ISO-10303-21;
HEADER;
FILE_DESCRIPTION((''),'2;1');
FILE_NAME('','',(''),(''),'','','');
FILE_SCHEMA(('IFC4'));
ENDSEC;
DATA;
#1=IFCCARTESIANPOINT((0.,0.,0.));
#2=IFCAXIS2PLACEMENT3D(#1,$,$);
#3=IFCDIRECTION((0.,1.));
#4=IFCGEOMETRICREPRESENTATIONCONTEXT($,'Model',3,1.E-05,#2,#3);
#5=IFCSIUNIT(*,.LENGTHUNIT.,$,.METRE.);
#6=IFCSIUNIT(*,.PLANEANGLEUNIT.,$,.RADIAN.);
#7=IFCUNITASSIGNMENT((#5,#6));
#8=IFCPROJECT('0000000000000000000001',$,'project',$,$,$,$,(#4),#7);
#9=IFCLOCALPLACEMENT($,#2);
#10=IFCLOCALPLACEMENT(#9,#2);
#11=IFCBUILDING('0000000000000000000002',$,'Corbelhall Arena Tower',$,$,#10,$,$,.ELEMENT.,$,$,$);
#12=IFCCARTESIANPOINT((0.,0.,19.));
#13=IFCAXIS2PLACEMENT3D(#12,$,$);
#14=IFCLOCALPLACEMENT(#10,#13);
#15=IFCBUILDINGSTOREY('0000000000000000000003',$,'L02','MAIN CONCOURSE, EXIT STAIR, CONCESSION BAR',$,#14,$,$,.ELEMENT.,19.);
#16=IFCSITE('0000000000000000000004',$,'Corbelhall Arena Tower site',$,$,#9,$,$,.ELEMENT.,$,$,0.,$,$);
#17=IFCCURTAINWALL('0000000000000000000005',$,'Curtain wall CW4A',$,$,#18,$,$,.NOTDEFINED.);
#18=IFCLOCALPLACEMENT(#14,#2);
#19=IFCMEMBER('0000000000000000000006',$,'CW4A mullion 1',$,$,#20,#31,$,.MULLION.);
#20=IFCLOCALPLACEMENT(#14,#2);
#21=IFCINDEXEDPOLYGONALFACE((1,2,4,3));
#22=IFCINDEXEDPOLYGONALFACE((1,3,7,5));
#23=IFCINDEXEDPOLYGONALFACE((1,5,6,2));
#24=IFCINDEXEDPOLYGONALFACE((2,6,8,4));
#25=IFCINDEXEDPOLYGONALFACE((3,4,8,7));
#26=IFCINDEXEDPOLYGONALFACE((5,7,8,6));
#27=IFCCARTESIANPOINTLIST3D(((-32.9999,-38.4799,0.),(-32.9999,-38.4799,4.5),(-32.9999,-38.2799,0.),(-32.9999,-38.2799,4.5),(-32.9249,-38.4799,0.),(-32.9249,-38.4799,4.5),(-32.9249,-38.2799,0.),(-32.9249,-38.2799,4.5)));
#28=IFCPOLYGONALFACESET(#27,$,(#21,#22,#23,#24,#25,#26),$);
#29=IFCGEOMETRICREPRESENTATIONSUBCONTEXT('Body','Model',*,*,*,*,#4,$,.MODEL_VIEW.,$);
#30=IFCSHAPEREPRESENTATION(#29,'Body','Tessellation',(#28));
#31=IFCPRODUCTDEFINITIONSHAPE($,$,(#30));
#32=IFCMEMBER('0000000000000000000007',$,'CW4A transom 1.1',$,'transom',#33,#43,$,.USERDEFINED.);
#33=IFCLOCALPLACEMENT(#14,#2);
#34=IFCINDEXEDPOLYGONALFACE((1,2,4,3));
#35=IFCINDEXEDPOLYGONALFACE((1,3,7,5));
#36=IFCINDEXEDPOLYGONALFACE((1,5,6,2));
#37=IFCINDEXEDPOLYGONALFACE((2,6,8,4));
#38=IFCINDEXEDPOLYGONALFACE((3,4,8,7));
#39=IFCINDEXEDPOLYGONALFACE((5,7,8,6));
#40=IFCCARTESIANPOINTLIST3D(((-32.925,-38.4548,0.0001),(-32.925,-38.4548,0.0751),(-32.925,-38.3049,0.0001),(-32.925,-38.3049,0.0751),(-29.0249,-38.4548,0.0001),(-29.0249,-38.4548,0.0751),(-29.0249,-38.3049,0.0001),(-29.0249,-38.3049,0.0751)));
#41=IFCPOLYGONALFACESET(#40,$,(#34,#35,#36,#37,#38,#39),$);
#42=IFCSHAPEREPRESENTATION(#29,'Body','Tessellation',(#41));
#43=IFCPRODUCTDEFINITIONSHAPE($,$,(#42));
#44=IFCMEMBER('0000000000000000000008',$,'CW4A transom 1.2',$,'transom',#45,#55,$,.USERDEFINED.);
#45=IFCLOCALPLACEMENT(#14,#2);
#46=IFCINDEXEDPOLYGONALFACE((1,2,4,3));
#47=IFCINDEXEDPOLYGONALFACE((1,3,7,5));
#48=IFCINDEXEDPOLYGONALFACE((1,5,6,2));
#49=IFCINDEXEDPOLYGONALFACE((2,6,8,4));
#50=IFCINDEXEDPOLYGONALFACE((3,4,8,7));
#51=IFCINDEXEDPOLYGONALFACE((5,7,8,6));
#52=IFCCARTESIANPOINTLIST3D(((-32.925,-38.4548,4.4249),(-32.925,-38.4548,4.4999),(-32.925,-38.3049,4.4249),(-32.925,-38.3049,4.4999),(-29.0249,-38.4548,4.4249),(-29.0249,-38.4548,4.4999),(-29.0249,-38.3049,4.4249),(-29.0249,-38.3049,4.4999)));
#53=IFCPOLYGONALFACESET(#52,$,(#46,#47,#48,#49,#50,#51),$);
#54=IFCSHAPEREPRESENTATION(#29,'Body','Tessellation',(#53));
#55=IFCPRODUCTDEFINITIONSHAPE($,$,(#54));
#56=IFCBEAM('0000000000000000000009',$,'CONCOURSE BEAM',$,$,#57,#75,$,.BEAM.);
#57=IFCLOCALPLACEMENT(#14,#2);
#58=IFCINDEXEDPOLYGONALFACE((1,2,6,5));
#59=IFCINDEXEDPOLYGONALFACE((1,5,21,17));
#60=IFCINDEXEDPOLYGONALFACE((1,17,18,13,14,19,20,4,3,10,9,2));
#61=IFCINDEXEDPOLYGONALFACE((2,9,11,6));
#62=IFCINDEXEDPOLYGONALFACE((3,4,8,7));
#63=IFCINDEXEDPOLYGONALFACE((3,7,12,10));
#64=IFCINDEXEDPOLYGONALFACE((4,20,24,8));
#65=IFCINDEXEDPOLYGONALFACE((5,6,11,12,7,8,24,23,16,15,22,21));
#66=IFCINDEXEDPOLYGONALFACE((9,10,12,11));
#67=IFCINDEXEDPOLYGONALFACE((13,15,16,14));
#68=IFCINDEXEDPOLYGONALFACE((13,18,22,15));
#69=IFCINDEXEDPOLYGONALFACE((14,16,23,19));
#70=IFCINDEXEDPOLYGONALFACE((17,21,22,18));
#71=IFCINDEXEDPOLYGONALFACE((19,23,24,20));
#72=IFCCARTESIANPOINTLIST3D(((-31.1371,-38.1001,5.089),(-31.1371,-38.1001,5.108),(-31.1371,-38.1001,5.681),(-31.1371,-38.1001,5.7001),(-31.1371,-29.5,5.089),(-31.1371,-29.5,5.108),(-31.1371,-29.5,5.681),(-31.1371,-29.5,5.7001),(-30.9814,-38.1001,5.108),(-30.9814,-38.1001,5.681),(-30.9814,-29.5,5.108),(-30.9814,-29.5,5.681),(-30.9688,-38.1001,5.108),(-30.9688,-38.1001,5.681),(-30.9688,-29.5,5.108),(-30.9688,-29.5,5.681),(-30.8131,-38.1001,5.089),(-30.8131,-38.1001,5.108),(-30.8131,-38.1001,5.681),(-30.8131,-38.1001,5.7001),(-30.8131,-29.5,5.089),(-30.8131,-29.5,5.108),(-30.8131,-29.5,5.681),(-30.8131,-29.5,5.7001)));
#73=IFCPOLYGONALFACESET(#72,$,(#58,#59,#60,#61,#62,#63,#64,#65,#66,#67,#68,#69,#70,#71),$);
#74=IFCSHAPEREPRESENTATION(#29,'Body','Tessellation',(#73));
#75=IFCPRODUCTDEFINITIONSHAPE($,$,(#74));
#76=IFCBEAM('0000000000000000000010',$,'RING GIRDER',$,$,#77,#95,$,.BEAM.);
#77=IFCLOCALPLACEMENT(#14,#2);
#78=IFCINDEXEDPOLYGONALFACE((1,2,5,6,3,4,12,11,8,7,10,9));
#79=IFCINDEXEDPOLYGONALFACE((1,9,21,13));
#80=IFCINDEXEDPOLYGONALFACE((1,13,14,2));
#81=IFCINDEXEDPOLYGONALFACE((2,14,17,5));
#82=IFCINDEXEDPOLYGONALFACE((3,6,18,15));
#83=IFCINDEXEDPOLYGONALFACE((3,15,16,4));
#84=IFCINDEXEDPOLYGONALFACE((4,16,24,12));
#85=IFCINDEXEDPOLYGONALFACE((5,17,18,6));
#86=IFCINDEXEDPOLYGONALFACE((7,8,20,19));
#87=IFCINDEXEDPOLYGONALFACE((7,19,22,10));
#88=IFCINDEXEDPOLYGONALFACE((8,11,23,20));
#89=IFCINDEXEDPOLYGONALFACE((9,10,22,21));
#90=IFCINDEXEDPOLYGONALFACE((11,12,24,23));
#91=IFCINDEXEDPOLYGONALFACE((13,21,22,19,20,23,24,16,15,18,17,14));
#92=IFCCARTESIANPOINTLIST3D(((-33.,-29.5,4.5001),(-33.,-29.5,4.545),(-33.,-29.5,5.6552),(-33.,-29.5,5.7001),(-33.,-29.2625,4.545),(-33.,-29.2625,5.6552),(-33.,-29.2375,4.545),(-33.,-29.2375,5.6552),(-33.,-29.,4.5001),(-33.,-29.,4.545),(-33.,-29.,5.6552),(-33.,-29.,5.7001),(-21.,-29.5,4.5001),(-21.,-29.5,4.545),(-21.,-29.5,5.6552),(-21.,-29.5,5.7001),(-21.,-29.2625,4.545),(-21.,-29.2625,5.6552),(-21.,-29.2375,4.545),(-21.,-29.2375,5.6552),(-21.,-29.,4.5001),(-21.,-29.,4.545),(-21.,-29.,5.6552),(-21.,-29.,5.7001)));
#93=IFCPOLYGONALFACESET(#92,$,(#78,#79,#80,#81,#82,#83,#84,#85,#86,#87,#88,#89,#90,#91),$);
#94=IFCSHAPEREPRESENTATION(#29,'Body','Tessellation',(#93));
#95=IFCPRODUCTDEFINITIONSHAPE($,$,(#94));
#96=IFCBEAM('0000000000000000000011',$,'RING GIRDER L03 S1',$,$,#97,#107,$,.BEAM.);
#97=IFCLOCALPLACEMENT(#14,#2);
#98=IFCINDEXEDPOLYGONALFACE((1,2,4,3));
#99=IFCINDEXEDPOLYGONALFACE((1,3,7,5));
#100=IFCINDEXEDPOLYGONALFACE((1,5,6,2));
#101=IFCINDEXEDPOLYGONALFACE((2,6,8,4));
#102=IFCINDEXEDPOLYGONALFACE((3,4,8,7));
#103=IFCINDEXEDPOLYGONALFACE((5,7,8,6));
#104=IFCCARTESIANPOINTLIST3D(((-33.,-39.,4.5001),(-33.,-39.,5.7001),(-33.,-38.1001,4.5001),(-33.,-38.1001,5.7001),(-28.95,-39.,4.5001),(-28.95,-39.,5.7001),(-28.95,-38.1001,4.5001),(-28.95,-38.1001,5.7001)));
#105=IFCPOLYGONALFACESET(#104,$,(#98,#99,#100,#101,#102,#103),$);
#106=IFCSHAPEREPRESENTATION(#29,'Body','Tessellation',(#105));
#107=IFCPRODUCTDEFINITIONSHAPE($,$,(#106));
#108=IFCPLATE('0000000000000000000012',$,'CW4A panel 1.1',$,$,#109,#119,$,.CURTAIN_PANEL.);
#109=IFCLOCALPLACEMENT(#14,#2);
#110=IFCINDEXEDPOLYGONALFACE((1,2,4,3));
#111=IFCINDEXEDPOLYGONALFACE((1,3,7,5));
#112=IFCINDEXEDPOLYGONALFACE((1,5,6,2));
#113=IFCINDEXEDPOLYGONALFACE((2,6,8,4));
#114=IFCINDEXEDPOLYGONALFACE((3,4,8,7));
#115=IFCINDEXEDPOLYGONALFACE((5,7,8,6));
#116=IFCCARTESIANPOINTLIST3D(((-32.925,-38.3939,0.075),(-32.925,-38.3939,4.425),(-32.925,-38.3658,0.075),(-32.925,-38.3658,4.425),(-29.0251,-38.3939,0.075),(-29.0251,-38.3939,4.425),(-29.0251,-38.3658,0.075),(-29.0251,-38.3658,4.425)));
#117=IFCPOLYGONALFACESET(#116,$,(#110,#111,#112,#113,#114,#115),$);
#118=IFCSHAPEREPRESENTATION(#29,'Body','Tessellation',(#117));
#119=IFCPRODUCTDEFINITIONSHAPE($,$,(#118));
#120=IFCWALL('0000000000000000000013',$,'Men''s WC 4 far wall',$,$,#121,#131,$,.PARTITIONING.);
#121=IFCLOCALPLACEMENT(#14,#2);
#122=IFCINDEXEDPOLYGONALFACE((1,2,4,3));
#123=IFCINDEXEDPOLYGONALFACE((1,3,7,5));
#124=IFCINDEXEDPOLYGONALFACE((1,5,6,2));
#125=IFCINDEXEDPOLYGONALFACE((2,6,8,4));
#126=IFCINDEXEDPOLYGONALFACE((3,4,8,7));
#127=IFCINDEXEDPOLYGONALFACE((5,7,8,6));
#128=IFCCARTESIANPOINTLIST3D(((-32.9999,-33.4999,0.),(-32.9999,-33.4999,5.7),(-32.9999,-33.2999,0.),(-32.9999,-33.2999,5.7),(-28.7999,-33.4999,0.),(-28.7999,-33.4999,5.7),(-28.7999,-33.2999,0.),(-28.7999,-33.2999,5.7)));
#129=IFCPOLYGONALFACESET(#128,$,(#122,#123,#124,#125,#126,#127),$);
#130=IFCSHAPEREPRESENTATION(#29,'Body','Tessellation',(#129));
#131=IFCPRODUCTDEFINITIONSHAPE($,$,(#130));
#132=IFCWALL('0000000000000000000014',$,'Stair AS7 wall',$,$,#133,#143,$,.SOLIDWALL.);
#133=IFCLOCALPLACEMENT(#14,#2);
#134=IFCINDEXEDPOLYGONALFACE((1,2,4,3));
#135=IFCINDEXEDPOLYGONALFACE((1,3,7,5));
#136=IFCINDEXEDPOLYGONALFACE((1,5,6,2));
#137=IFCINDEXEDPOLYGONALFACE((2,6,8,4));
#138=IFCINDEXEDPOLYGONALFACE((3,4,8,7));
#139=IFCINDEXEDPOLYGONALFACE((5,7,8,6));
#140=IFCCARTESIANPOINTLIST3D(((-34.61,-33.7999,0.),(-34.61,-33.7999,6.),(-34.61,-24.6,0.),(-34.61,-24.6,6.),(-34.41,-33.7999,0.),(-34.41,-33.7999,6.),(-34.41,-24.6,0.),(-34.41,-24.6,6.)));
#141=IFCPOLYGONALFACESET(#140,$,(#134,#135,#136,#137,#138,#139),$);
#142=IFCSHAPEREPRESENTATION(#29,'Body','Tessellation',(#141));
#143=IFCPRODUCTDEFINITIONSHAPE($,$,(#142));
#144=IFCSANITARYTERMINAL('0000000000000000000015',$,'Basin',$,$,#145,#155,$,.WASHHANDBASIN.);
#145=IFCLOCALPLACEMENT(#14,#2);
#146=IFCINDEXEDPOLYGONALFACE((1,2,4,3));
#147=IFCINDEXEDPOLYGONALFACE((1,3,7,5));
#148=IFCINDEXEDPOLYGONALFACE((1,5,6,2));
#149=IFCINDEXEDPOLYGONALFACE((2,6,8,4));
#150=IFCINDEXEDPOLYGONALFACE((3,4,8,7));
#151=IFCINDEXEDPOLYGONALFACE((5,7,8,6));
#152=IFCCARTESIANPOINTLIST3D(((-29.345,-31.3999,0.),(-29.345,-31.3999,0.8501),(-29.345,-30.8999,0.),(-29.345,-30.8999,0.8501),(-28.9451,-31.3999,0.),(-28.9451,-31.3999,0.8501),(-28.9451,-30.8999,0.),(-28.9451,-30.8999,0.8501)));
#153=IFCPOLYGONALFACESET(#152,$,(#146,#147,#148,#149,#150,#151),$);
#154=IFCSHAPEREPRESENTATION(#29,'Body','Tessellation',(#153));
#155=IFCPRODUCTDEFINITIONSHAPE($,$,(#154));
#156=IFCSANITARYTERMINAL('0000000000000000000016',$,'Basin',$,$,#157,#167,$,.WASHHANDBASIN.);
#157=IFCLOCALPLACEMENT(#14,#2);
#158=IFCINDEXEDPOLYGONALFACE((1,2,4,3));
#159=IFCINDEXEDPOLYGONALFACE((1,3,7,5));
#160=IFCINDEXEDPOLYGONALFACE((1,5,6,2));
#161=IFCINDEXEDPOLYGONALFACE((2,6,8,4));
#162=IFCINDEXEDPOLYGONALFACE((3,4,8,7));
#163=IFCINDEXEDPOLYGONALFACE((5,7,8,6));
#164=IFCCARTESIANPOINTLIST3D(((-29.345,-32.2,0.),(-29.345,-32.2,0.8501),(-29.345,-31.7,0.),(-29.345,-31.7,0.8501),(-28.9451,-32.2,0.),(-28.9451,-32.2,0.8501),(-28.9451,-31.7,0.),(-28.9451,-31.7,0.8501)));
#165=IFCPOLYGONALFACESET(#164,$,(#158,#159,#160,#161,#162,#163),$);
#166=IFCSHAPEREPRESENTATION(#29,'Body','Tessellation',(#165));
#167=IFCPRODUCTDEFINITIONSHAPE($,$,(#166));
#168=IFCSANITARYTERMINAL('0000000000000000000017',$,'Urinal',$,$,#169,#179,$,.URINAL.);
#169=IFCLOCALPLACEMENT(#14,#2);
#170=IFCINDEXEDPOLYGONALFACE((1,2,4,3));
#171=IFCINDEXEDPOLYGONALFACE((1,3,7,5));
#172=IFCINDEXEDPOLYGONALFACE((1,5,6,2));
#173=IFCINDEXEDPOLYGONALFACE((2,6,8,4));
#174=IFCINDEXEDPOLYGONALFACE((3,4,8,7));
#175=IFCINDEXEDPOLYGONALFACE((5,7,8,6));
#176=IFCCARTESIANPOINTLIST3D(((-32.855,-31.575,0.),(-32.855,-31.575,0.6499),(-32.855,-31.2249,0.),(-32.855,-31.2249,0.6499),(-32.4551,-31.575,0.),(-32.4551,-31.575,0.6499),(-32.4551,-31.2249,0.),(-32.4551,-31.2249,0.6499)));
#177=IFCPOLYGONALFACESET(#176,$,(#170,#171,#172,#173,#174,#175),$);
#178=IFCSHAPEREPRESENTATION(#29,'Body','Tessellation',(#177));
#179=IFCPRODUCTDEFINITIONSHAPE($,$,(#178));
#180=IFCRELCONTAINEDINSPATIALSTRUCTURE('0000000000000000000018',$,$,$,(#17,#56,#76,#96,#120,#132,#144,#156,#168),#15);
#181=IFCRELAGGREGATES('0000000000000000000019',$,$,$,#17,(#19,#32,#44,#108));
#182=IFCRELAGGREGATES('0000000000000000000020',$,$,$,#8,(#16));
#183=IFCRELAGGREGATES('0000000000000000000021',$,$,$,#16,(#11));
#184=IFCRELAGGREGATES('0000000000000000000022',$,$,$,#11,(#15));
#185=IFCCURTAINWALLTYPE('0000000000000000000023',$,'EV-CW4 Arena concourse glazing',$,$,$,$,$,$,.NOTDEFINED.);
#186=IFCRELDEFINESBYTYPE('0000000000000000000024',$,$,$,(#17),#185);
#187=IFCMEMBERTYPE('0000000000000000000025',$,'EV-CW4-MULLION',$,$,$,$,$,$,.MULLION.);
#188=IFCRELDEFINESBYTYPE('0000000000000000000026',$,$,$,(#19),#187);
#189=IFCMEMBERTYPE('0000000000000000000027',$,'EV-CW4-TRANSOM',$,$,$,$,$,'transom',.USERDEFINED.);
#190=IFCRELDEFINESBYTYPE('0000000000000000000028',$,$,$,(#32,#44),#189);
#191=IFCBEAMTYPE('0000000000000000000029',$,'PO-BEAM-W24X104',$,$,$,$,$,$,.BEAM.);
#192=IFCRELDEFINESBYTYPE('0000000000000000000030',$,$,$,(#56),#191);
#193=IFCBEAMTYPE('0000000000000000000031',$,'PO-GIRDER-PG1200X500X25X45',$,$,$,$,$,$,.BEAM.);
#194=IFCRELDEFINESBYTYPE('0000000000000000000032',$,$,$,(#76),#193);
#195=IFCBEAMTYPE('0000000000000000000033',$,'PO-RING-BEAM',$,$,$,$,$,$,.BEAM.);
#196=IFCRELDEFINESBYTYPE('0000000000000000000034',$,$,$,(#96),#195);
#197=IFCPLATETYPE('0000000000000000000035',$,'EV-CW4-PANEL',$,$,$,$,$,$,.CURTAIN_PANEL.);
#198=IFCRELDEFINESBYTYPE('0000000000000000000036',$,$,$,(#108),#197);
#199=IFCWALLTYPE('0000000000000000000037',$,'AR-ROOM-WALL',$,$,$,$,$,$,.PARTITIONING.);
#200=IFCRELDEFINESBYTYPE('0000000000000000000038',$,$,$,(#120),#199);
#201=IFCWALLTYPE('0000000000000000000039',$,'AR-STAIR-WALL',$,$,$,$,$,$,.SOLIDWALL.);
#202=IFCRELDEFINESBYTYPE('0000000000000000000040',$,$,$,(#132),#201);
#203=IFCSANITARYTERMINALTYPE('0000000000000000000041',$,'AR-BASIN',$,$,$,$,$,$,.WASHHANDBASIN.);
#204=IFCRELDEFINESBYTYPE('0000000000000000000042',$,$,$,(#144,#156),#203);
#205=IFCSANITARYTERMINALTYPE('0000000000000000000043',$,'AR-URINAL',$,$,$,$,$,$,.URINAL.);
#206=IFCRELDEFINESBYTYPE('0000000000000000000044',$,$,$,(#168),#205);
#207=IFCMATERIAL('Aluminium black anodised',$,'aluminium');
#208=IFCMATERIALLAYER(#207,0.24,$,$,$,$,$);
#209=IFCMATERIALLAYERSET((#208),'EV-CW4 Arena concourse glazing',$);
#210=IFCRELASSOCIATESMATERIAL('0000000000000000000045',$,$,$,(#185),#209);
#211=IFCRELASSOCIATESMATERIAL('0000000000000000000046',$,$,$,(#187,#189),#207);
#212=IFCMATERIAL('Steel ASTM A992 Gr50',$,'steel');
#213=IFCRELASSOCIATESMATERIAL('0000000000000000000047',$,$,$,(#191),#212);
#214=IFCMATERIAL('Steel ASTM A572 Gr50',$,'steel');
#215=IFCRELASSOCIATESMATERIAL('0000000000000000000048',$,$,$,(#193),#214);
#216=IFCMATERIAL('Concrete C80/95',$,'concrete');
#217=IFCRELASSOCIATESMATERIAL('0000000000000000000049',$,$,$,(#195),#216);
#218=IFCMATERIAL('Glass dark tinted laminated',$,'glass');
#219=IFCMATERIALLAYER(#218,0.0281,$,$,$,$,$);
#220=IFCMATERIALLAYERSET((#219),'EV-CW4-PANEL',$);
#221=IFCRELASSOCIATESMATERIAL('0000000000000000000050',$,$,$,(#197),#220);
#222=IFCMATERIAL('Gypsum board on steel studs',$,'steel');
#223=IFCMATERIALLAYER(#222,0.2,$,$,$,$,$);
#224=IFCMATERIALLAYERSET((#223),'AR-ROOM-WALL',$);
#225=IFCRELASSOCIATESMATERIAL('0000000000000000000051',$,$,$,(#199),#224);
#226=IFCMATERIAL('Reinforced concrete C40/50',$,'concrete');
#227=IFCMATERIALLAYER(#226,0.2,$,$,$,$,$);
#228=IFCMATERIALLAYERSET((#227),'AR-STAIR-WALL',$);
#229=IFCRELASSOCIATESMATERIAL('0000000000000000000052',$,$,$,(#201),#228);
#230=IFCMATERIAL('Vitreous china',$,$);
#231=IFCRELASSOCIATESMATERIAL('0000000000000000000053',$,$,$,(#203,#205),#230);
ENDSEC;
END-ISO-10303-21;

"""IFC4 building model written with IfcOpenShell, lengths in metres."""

from ifc_helpers import new_model, si_unit, direction, frame, frame_2d, origin, origin_2d, place, context, subcontext, project, spatial, rectangle, i_section, extrude, material, layer, layer_set, material_profile, profile_set, type_object, element, aggregate, save


model = new_model("IFC4")

# Units and contexts
model_context = context("Model", 3, precision=1e-05, world=origin(), true_north=direction((0.0, 1.0)))
body_context = subcontext(model_context, "Body", "Model", "MODEL_VIEW")
ifc_project = project(units=[si_unit("LENGTHUNIT", "METRE"), si_unit("PLANEANGLEUNIT", "RADIAN")], contexts=[model_context])

# Site, building, storey
site_placement = place(None, origin())
site = spatial("IfcSite", under=ifc_project, at=site_placement, Name="Corbelhall Arena Tower site", CompositionType="ELEMENT", RefElevation=0.0)
building_placement = place(site_placement, origin())
building = spatial("IfcBuilding", under=site, at=building_placement, Name="Corbelhall Arena Tower", CompositionType="ELEMENT")
storey_placement = place(building_placement, frame((0.0, 0.0, 19.0)))
storey = spatial("IfcBuildingStorey", under=building, at=storey_placement, Name="L02", Description="MAIN CONCOURSE, EXIT STAIR, CONCESSION BAR", CompositionType="ELEMENT", Elevation=19.0)

# Curtain wall, members
ifc_material_1 = material(Name="Aluminium black anodised", Category="aluminium")
ifc_layer_1 = layer(ifc_material_1, 0.24)
ifc_layer_set_1 = layer_set([ifc_layer_1], Name="EV-CW4 Arena concourse glazing")
curtain_wall_type = type_object("IfcCurtainWallType", Name="EV-CW4 Arena concourse glazing", PredefinedType="NOTDEFINED", material=ifc_layer_set_1)
curtain_wall_placement = place(storey_placement, origin())
curtain_wall = element("IfcCurtainWall", 1, at=curtain_wall_placement, inside=storey, type_object=curtain_wall_type, Name="Curtain wall CW4A", PredefinedType="NOTDEFINED")
ifc_material_profile_1 = material_profile(ifc_material_1, rectangle(XDim=0.2, YDim=0.075, at=origin_2d()))
ifc_profile_set_1 = profile_set([ifc_material_profile_1], Name="Aluminium black anodised")
member_type_1 = type_object("IfcMemberType", Name="EV-CW4-MULLION", PredefinedType="MULLION", material=ifc_profile_set_1)
member_1_placement = place(storey_placement, frame((-32.9624, -38.3799, 0.0), z_axis=(0.0, 0.0, 1.0), x_axis=(0.0, 1.0, 0.0)))
member_1 = element("IfcMember", 2, at=member_1_placement, type_object=member_type_1, Name="CW4A mullion 1", PredefinedType="MULLION", context=body_context, shape_type="SweptSolid", body=[
    extrude(rectangle(XDim=0.2, YDim=0.075, at=origin_2d()), origin(), (0.0, 0.0, 1.0), 4.5),
])
ifc_material_profile_2 = material_profile(ifc_material_1, rectangle(XDim=0.1499, YDim=0.075, at=origin_2d()))
ifc_profile_set_2 = profile_set([ifc_material_profile_2], Name="Aluminium black anodised")
member_type_2 = type_object("IfcMemberType", Name="EV-CW4-TRANSOM", ElementType="transom", PredefinedType="USERDEFINED", material=ifc_profile_set_2)
member_2_placement = place(storey_placement, frame((-32.925, -38.3799, 0.0376), z_axis=(1.0, 0.0, 0.0), x_axis=(0.0, 1.0, 0.0)))
member_2 = element("IfcMember", 3, at=member_2_placement, type_object=member_type_2, Name="CW4A transom 1.1", ObjectType="transom", PredefinedType="USERDEFINED", context=body_context, shape_type="SweptSolid", body=[
    extrude(rectangle(XDim=0.1499, YDim=0.075, at=origin_2d()), origin(), (0.0, 0.0, 1.0), 3.9001),
])
member_3_placement = place(storey_placement, frame((-32.925, -38.3799, 4.4624), z_axis=(1.0, 0.0, 0.0), x_axis=(0.0, 1.0, 0.0)))
member_3 = element("IfcMember", 4, at=member_3_placement, type_object=member_type_2, Name="CW4A transom 1.2", ObjectType="transom", PredefinedType="USERDEFINED", context=body_context, shape_type="SweptSolid", body=[
    extrude(rectangle(XDim=0.1499, YDim=0.075, at=origin_2d()), origin(), (0.0, 0.0, 1.0), 3.9001),
])

# Beams
ifc_material_2 = material(Name="Steel ASTM A992 Gr50", Category="steel")
ifc_material_profile_3 = material_profile(ifc_material_2, i_section(OverallWidth=0.324, OverallDepth=0.6111, WebThickness=0.0127, FlangeThickness=0.019, at=origin_2d()))
ifc_profile_set_3 = profile_set([ifc_material_profile_3], Name="Steel ASTM A992 Gr50")
beam_type_1 = type_object("IfcBeamType", Name="PO-BEAM-W24X104", PredefinedType="BEAM", material=ifc_profile_set_3)
beam_1_placement = place(storey_placement, frame((-30.9751, -29.5, 5.3945), z_axis=(0.0, -1.0, 0.0), x_axis=(1.0, 0.0, 0.0)))
element("IfcBeam", 5, at=beam_1_placement, inside=storey, type_object=beam_type_1, Name="CONCOURSE BEAM", PredefinedType="BEAM", context=body_context, shape_type="SweptSolid", body=[
    extrude(i_section(OverallWidth=0.324, OverallDepth=0.6111, WebThickness=0.0127, FlangeThickness=0.019, at=origin_2d()), origin(), (0.0, 0.0, 1.0), 8.6001),
])
ifc_material_3 = material(Name="Steel ASTM A572 Gr50", Category="steel")
ifc_material_profile_4 = material_profile(ifc_material_3, i_section(OverallWidth=0.5, OverallDepth=1.2, WebThickness=0.0249, FlangeThickness=0.0449, at=origin_2d()))
ifc_profile_set_4 = profile_set([ifc_material_profile_4], Name="Steel ASTM A572 Gr50")
beam_type_2 = type_object("IfcBeamType", Name="PO-GIRDER-PG1200X500X25X45", PredefinedType="BEAM", material=ifc_profile_set_4)
beam_2_placement = place(storey_placement, frame((-33.0, -29.25, 5.1001), z_axis=(1.0, 0.0, 0.0), x_axis=(0.0, 1.0, 0.0)))
element("IfcBeam", 6, at=beam_2_placement, inside=storey, type_object=beam_type_2, Name="RING GIRDER", PredefinedType="BEAM", context=body_context, shape_type="SweptSolid", body=[
    extrude(i_section(OverallWidth=0.5, OverallDepth=1.2, WebThickness=0.0249, FlangeThickness=0.0449, at=origin_2d()), origin(), (0.0, 0.0, 1.0), 12.0),
])
ifc_material_4 = material(Name="Concrete C80/95", Category="concrete")
ifc_material_profile_5 = material_profile(ifc_material_4, rectangle(XDim=0.8999, YDim=1.2, at=origin_2d()))
ifc_profile_set_5 = profile_set([ifc_material_profile_5], Name="Concrete C80/95")
beam_type_3 = type_object("IfcBeamType", Name="PO-RING-BEAM", PredefinedType="BEAM", material=ifc_profile_set_5)
beam_3_placement = place(storey_placement, frame((-33.0, -38.55, 5.1001), z_axis=(1.0, 0.0, 0.0), x_axis=(0.0, 1.0, 0.0)))
element("IfcBeam", 7, at=beam_3_placement, inside=storey, type_object=beam_type_3, Name="RING GIRDER L03 S1", PredefinedType="BEAM", context=body_context, shape_type="SweptSolid", body=[
    extrude(rectangle(XDim=0.8999, YDim=1.2, at=origin_2d()), origin(), (0.0, 0.0, 1.0), 4.05),
])

# Plate
ifc_material_5 = material(Name="Glass dark tinted laminated", Category="glass")
ifc_layer_2 = layer(ifc_material_5, 0.0281)
ifc_layer_set_2 = layer_set([ifc_layer_2], Name="EV-CW4-PANEL")
plate_type = type_object("IfcPlateType", Name="EV-CW4-PANEL", PredefinedType="CURTAIN_PANEL", material=ifc_layer_set_2)
plate_placement = place(storey_placement, frame((-30.9751, -38.3799, 0.075), z_axis=(0.0, 0.0, 1.0), x_axis=(1.0, 0.0, 0.0)))
plate = element("IfcPlate", 8, at=plate_placement, type_object=plate_type, Name="CW4A panel 1.1", PredefinedType="CURTAIN_PANEL", context=body_context, shape_type="SweptSolid", body=[
    extrude(rectangle(XDim=3.8999, YDim=0.0281, at=origin_2d()), origin(), (0.0, 0.0, 1.0), 4.3501),
])
aggregate(curtain_wall, [member_1, member_2, member_3, plate])

# Shared definitions
ifc_material_6 = material(Name="Gypsum board on steel studs", Category="steel")
ifc_layer_3 = layer(ifc_material_6, 0.2)
ifc_layer_set_3 = layer_set([ifc_layer_3], Name="AR-ROOM-WALL")
wall_type_1 = type_object("IfcWallType", Name="AR-ROOM-WALL", PredefinedType="PARTITIONING", material=ifc_layer_set_3)

# Walls
wall_1_placement = place(storey_placement, frame((-33.0, -33.3999, 0.0), z_axis=(0.0, 0.0, 1.0), x_axis=(1.0, 0.0, 0.0)))
element("IfcWall", 9, at=wall_1_placement, inside=storey, type_object=wall_type_1, Name="Men's WC 4 far wall", PredefinedType="PARTITIONING", context=body_context, shape_type="SweptSolid", body=[
    extrude(rectangle(XDim=4.2, YDim=0.2, at=frame_2d((2.1001, 0.0))), origin(), (0.0, 0.0, 1.0), 5.7),
])
ifc_material_7 = material(Name="Reinforced concrete C40/50", Category="concrete")
ifc_layer_4 = layer(ifc_material_7, 0.2)
ifc_layer_set_4 = layer_set([ifc_layer_4], Name="AR-STAIR-WALL")
wall_type_2 = type_object("IfcWallType", Name="AR-STAIR-WALL", PredefinedType="SOLIDWALL", material=ifc_layer_set_4)
wall_2_placement = place(storey_placement, frame((-34.51, -33.8, 0.0), z_axis=(0.0, 0.0, 1.0), x_axis=(0.0, 1.0, 0.0)))
element("IfcWall", 10, at=wall_2_placement, inside=storey, type_object=wall_type_2, Name="Stair AS7 wall", PredefinedType="SOLIDWALL", context=body_context, shape_type="SweptSolid", body=[
    extrude(rectangle(XDim=9.2, YDim=0.2, at=frame_2d((4.6001, 0.0))), origin(), (0.0, 0.0, 1.0), 6.0),
])

# Sanitary terminals
ifc_material_8 = material(Name="Vitreous china")
sanitary_terminal_type_1 = type_object("IfcSanitaryTerminalType", Name="AR-BASIN", PredefinedType="WASHHANDBASIN", material=ifc_material_8)
for number, where, z_axis, x_axis, name in (
    (11, (-29.145, -31.1499, 0.0), (0.0, 0.0, 1.0), (1.0, 0.0, 0.0), "Basin"),
    (12, (-29.145, -31.95, 0.0), (0.0, 0.0, 1.0), (1.0, 0.0, 0.0), "Basin"),
):
    element("IfcSanitaryTerminal", number, at=place(storey_placement, frame(where, z_axis=z_axis, x_axis=x_axis)), inside=storey, type_object=sanitary_terminal_type_1, Name=name, PredefinedType="WASHHANDBASIN", context=body_context, shape_type="SweptSolid", body=[
        extrude(rectangle(XDim=0.3999, YDim=0.5, at=origin_2d()), origin(), (0.0, 0.0, 1.0), 0.8501),
    ])
sanitary_terminal_type_2 = type_object("IfcSanitaryTerminalType", Name="AR-URINAL", PredefinedType="URINAL", material=ifc_material_8)
for number, where, z_axis, x_axis, name in (
    (13, (-32.655, -31.3999, 0.0), (0.0, 0.0, 1.0), (1.0, 0.0, 0.0), "Urinal"),
):
    element("IfcSanitaryTerminal", number, at=place(storey_placement, frame(where, z_axis=z_axis, x_axis=x_axis)), inside=storey, type_object=sanitary_terminal_type_2, Name=name, PredefinedType="URINAL", context=body_context, shape_type="SweptSolid", body=[
        extrude(rectangle(XDim=0.3999, YDim=0.3501, at=origin_2d()), origin(), (0.0, 0.0, 1.0), 0.6499),
    ])

save(model, "model.ifc")
